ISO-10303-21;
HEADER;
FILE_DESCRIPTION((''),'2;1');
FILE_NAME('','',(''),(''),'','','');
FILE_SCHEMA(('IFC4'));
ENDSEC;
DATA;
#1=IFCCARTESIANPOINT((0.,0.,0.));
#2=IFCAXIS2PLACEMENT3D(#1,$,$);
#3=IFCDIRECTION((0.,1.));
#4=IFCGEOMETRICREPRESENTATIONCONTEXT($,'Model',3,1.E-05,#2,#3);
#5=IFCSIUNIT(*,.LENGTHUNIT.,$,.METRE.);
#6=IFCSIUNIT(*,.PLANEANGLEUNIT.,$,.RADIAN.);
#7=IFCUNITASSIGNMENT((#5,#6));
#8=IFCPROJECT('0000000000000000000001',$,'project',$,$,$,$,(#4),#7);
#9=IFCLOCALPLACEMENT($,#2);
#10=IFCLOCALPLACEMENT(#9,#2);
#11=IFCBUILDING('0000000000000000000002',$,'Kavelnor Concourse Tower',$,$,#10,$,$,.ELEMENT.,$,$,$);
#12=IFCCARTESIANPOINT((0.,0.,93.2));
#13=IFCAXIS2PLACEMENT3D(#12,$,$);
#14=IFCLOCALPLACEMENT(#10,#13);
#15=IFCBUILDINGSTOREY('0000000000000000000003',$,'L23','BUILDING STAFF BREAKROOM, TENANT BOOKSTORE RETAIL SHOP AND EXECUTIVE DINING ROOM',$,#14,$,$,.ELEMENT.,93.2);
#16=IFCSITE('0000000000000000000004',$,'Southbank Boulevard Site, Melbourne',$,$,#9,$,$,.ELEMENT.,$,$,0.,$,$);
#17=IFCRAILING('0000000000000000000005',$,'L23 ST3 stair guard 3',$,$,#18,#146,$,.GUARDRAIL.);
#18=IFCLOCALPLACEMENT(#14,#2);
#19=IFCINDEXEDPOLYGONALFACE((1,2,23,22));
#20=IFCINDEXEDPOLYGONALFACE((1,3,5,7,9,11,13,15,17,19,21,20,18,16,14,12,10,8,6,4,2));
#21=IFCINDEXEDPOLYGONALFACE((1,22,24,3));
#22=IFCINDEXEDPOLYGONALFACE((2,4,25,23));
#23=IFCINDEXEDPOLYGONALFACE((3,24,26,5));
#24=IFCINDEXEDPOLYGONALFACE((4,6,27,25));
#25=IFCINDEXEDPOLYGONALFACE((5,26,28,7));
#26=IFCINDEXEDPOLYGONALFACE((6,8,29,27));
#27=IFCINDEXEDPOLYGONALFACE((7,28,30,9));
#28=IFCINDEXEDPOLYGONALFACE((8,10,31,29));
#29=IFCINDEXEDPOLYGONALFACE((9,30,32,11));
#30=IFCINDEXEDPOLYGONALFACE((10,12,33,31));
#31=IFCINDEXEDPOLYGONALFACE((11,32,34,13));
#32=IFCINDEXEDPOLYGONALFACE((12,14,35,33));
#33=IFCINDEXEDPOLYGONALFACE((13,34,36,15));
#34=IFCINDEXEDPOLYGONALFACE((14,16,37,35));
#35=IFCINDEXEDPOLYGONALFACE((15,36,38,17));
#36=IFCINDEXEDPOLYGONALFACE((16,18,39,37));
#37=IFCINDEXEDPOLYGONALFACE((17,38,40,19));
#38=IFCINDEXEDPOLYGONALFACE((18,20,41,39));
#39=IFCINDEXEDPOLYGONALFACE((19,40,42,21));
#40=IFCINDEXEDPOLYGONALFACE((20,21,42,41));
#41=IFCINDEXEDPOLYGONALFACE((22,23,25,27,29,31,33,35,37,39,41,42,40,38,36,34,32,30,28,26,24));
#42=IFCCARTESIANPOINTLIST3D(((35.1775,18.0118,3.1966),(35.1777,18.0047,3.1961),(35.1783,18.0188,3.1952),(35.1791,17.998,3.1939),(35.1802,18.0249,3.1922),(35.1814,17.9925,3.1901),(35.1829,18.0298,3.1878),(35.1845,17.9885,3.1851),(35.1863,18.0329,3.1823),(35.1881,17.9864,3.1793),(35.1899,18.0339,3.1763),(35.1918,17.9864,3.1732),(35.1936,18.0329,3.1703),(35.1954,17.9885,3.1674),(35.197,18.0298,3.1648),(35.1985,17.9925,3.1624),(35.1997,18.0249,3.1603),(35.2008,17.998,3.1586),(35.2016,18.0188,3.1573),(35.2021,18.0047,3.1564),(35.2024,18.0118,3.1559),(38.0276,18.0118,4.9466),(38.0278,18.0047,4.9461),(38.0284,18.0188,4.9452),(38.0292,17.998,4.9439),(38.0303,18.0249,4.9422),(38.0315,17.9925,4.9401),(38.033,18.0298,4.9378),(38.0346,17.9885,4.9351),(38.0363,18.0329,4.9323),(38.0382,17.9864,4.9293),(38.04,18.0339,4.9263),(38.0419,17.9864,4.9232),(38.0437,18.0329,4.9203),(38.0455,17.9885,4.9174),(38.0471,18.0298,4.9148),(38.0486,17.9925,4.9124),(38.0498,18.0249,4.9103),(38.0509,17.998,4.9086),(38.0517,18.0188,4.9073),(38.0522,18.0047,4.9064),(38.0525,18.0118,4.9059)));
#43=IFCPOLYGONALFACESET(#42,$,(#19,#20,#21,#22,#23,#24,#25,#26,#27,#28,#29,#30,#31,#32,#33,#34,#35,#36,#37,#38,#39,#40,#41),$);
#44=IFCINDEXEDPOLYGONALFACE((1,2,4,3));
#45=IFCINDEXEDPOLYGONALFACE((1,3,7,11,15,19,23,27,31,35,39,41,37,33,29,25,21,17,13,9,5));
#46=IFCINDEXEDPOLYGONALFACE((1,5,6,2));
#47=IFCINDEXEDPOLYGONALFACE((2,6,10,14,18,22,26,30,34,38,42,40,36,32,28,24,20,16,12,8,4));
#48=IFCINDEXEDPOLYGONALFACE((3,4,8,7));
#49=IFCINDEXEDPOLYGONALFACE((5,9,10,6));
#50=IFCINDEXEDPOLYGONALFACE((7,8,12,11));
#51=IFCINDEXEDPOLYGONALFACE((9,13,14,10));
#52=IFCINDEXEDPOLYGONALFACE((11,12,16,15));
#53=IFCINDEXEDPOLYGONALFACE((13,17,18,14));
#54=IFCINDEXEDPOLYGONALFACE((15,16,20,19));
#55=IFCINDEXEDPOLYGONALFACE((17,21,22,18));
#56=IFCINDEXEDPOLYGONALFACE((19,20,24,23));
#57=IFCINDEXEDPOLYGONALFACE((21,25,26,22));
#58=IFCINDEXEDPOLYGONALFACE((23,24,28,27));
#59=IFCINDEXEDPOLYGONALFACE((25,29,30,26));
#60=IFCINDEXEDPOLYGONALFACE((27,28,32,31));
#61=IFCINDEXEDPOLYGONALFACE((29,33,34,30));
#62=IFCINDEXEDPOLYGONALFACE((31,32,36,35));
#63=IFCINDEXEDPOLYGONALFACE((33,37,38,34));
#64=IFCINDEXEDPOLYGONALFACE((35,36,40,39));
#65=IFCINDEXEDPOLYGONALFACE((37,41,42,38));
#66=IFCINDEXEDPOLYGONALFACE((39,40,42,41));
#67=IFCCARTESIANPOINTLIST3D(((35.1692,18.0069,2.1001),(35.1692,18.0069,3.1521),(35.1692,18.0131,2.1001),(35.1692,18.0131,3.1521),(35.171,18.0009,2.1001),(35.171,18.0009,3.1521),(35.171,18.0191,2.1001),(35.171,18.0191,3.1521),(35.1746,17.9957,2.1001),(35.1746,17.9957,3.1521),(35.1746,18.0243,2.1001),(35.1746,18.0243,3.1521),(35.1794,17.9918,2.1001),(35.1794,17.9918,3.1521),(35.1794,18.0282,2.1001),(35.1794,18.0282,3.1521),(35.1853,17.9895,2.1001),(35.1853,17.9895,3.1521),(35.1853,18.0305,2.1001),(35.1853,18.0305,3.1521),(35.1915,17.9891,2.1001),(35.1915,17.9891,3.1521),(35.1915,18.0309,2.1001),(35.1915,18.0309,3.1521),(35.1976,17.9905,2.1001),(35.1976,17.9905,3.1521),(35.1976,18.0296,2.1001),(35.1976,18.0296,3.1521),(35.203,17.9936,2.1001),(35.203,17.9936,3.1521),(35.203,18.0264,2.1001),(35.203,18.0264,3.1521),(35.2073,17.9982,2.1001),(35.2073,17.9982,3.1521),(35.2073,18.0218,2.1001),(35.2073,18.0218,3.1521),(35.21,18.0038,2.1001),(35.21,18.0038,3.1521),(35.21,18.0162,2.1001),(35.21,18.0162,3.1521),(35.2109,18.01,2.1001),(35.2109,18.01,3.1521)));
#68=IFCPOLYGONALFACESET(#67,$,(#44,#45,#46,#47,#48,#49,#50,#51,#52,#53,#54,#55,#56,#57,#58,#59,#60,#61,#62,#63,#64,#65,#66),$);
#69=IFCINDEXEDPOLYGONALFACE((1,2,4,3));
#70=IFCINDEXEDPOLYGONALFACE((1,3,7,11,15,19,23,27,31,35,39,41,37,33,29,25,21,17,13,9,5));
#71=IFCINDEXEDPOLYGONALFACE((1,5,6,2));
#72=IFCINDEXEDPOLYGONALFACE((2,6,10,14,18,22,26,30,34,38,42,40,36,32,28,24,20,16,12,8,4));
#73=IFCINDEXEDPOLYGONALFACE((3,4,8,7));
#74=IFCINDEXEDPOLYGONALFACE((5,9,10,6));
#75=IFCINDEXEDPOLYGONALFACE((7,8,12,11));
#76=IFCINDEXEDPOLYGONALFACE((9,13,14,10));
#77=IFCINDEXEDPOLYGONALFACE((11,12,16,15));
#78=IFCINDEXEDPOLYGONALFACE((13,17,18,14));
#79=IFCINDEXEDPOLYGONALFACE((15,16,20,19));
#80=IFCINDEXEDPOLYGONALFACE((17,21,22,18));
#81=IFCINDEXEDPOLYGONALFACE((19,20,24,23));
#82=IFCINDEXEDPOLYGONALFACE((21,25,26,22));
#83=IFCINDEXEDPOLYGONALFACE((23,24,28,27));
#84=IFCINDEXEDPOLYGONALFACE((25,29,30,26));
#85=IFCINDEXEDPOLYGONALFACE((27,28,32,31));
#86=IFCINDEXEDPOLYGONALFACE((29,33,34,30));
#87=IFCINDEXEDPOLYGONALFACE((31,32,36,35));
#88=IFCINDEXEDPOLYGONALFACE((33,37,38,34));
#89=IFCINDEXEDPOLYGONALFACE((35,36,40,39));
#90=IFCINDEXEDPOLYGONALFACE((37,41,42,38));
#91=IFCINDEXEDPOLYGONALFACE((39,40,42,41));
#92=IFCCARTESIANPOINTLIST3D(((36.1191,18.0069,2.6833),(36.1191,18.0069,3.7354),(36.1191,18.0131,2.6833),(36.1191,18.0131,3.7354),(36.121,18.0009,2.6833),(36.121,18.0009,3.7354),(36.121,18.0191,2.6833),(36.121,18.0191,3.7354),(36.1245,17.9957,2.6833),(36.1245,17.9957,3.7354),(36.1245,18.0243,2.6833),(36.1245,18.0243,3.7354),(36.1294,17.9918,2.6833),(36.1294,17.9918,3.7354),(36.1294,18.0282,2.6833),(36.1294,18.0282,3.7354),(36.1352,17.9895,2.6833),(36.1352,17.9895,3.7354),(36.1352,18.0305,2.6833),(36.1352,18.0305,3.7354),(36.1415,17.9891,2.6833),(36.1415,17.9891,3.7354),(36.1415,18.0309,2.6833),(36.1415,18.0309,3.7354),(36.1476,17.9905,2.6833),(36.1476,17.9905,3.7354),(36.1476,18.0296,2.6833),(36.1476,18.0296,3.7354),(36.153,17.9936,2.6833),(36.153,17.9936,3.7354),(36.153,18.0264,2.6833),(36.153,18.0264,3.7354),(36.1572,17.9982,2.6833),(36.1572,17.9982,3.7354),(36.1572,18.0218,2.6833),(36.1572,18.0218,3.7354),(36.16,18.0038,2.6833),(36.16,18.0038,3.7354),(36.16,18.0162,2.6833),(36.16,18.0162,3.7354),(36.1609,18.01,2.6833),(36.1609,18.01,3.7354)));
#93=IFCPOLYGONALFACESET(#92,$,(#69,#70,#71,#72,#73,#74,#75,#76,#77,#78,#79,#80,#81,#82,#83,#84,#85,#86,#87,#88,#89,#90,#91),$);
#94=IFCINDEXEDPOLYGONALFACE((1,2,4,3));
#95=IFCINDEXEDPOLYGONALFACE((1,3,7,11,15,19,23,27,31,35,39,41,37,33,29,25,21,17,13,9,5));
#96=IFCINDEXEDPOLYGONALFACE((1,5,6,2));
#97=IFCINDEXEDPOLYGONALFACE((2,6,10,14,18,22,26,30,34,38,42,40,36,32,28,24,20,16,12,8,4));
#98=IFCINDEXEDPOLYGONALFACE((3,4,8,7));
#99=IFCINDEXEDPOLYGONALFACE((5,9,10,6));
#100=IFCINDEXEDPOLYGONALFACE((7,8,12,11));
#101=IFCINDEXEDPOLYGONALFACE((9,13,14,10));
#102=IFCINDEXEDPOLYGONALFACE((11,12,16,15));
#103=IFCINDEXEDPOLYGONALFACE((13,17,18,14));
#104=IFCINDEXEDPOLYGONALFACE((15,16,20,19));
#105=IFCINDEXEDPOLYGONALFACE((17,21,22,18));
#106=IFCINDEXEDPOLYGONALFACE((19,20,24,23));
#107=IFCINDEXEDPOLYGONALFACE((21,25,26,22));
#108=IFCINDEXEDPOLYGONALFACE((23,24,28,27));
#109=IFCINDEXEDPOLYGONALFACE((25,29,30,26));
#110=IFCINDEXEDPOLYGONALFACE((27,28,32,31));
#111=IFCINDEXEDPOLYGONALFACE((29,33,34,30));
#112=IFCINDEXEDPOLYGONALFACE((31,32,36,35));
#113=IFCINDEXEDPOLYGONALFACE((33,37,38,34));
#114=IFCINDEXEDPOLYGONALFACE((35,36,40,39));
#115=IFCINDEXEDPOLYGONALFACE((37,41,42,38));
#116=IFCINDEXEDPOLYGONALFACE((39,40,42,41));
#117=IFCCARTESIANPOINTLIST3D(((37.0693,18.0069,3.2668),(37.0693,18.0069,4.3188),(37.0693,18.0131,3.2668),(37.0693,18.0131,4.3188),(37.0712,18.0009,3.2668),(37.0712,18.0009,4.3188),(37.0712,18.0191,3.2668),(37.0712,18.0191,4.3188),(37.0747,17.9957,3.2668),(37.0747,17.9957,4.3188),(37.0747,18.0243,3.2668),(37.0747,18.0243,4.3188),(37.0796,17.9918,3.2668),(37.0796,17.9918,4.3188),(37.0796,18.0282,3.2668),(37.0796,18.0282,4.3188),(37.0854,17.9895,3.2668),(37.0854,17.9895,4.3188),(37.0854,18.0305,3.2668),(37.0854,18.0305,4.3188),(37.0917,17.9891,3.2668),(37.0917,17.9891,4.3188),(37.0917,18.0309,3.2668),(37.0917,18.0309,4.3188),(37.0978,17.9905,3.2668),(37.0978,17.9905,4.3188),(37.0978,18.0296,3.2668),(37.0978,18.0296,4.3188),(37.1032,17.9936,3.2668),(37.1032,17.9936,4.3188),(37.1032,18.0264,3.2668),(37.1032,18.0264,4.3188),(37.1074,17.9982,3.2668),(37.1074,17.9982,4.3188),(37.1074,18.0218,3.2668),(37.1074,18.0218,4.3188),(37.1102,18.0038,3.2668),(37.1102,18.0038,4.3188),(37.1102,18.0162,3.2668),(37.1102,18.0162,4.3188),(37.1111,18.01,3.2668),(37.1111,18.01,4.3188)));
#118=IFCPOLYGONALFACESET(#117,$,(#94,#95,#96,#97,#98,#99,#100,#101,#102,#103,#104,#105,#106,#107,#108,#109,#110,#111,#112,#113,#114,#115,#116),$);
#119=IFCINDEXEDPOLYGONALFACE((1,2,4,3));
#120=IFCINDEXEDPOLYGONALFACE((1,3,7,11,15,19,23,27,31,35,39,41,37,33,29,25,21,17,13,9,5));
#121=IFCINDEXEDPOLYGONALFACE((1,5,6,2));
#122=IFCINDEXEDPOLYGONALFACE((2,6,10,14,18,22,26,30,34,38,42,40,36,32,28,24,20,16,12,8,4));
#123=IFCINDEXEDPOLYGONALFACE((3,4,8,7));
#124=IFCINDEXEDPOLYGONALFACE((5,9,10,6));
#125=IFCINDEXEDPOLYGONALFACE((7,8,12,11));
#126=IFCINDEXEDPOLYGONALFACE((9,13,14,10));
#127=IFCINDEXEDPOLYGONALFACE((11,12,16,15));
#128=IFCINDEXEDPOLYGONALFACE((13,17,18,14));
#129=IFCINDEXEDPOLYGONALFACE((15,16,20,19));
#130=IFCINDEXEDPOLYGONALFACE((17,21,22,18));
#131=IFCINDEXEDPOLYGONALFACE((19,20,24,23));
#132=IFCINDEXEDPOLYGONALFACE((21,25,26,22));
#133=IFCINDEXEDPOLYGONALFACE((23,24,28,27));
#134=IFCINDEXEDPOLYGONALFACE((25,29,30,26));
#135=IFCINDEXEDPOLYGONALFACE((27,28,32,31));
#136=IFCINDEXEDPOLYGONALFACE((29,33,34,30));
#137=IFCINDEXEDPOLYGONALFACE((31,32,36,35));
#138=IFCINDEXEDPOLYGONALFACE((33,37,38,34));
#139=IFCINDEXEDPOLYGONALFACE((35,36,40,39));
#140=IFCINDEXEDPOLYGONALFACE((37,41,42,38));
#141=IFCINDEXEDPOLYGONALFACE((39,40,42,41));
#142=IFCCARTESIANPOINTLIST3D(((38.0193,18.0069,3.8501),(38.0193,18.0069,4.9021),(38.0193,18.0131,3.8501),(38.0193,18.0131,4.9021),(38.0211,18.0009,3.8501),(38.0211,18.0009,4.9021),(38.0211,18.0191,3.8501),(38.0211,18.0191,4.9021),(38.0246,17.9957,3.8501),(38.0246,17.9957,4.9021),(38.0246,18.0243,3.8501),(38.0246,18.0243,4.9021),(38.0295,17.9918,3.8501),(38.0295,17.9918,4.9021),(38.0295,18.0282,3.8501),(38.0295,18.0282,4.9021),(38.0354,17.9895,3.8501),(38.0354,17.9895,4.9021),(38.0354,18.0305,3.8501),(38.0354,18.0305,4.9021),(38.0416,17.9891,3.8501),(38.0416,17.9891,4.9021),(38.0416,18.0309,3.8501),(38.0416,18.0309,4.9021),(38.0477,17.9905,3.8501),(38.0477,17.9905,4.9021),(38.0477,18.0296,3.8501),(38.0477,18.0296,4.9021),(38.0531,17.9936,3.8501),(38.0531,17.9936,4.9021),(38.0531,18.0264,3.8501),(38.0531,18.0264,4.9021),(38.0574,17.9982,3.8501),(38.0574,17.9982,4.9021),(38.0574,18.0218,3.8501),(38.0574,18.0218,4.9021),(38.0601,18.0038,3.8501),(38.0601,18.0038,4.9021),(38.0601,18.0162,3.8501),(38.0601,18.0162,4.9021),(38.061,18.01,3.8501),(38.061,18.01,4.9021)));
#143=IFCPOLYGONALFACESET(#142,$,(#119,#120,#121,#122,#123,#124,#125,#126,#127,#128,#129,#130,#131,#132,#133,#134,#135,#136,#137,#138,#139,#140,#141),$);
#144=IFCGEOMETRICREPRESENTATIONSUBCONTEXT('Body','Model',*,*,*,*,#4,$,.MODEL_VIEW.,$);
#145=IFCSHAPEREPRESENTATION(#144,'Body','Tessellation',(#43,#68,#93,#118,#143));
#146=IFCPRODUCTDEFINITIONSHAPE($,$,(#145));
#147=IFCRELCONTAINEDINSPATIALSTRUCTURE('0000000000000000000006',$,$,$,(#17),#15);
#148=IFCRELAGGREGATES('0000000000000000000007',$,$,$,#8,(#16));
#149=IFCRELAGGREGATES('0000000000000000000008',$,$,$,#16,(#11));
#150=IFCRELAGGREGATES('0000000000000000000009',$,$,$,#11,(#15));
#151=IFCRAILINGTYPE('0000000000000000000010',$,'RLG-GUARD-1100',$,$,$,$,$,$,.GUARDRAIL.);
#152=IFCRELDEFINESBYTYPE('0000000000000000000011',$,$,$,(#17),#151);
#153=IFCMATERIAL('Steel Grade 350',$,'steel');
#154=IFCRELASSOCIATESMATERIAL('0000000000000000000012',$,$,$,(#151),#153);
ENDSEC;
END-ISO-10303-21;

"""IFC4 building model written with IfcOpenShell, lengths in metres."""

from ifc_helpers import new_model, si_unit, direction, frame, origin, origin_2d, place, context, subcontext, project, spatial, circle, extrude, material, type_object, element, save


model = new_model("IFC4")

# Units and contexts
model_context = context("Model", 3, precision=1e-05, world=origin(), true_north=direction((0.0, 1.0)))
body_context = subcontext(model_context, "Body", "Model", "MODEL_VIEW")
ifc_project = project(units=[si_unit("LENGTHUNIT", "METRE"), si_unit("PLANEANGLEUNIT", "RADIAN")], contexts=[model_context])

# Site, building, storey
site_placement = place(None, origin())
site = spatial("IfcSite", under=ifc_project, at=site_placement, Name="Southbank Boulevard Site, Melbourne", CompositionType="ELEMENT", RefElevation=0.0)
building_placement = place(site_placement, origin())
building = spatial("IfcBuilding", under=site, at=building_placement, Name="Kavelnor Concourse Tower", CompositionType="ELEMENT")
storey_placement = place(building_placement, frame((0.0, 0.0, 93.2)))
storey = spatial("IfcBuildingStorey", under=building, at=storey_placement, Name="L23", Description="BUILDING STAFF BREAKROOM, TENANT BOOKSTORE RETAIL SHOP AND EXECUTIVE DINING ROOM", CompositionType="ELEMENT", Elevation=93.2)

# Shared definitions
ifc_material_1 = material(Name="Steel Grade 350", Category="steel")

# Railing
railing_type_1 = type_object("IfcRailingType", Name="RLG-GUARD-1100", PredefinedType="GUARDRAIL", material=ifc_material_1)
railing_1_placement = place(storey_placement, frame((35.1899, 18.01, 2.1001)))
element("IfcRailing", 1, at=railing_1_placement, inside=storey, type_object=railing_type_1, Name="L23 ST3 stair guard 3", PredefinedType="GUARDRAIL", context=body_context, shape_type="SweptSolid", body=[
    extrude(circle(Radius=0.0239, at=origin_2d()), frame((0.0, 0.0, 1.0762), z_axis=(0.852179, 0.0, 0.52325), x_axis=(0.0, 1.0, 0.0)), (0.0, 0.0, 1.0), 3.3445),
    extrude(circle(Radius=0.021, at=origin_2d()), origin(), (0.0, 0.0, 1.0), 1.052),
    extrude(circle(Radius=0.021, at=origin_2d()), frame((0.95, 0.0, 0.5833)), (0.0, 0.0, 1.0), 1.052),
    extrude(circle(Radius=0.021, at=origin_2d()), frame((1.9001, 0.0, 1.1667)), (0.0, 0.0, 1.0), 1.052),
    extrude(circle(Radius=0.021, at=origin_2d()), frame((2.8501, 0.0, 1.75)), (0.0, 0.0, 1.0), 1.052),
])

save(model, "model.ifc")
